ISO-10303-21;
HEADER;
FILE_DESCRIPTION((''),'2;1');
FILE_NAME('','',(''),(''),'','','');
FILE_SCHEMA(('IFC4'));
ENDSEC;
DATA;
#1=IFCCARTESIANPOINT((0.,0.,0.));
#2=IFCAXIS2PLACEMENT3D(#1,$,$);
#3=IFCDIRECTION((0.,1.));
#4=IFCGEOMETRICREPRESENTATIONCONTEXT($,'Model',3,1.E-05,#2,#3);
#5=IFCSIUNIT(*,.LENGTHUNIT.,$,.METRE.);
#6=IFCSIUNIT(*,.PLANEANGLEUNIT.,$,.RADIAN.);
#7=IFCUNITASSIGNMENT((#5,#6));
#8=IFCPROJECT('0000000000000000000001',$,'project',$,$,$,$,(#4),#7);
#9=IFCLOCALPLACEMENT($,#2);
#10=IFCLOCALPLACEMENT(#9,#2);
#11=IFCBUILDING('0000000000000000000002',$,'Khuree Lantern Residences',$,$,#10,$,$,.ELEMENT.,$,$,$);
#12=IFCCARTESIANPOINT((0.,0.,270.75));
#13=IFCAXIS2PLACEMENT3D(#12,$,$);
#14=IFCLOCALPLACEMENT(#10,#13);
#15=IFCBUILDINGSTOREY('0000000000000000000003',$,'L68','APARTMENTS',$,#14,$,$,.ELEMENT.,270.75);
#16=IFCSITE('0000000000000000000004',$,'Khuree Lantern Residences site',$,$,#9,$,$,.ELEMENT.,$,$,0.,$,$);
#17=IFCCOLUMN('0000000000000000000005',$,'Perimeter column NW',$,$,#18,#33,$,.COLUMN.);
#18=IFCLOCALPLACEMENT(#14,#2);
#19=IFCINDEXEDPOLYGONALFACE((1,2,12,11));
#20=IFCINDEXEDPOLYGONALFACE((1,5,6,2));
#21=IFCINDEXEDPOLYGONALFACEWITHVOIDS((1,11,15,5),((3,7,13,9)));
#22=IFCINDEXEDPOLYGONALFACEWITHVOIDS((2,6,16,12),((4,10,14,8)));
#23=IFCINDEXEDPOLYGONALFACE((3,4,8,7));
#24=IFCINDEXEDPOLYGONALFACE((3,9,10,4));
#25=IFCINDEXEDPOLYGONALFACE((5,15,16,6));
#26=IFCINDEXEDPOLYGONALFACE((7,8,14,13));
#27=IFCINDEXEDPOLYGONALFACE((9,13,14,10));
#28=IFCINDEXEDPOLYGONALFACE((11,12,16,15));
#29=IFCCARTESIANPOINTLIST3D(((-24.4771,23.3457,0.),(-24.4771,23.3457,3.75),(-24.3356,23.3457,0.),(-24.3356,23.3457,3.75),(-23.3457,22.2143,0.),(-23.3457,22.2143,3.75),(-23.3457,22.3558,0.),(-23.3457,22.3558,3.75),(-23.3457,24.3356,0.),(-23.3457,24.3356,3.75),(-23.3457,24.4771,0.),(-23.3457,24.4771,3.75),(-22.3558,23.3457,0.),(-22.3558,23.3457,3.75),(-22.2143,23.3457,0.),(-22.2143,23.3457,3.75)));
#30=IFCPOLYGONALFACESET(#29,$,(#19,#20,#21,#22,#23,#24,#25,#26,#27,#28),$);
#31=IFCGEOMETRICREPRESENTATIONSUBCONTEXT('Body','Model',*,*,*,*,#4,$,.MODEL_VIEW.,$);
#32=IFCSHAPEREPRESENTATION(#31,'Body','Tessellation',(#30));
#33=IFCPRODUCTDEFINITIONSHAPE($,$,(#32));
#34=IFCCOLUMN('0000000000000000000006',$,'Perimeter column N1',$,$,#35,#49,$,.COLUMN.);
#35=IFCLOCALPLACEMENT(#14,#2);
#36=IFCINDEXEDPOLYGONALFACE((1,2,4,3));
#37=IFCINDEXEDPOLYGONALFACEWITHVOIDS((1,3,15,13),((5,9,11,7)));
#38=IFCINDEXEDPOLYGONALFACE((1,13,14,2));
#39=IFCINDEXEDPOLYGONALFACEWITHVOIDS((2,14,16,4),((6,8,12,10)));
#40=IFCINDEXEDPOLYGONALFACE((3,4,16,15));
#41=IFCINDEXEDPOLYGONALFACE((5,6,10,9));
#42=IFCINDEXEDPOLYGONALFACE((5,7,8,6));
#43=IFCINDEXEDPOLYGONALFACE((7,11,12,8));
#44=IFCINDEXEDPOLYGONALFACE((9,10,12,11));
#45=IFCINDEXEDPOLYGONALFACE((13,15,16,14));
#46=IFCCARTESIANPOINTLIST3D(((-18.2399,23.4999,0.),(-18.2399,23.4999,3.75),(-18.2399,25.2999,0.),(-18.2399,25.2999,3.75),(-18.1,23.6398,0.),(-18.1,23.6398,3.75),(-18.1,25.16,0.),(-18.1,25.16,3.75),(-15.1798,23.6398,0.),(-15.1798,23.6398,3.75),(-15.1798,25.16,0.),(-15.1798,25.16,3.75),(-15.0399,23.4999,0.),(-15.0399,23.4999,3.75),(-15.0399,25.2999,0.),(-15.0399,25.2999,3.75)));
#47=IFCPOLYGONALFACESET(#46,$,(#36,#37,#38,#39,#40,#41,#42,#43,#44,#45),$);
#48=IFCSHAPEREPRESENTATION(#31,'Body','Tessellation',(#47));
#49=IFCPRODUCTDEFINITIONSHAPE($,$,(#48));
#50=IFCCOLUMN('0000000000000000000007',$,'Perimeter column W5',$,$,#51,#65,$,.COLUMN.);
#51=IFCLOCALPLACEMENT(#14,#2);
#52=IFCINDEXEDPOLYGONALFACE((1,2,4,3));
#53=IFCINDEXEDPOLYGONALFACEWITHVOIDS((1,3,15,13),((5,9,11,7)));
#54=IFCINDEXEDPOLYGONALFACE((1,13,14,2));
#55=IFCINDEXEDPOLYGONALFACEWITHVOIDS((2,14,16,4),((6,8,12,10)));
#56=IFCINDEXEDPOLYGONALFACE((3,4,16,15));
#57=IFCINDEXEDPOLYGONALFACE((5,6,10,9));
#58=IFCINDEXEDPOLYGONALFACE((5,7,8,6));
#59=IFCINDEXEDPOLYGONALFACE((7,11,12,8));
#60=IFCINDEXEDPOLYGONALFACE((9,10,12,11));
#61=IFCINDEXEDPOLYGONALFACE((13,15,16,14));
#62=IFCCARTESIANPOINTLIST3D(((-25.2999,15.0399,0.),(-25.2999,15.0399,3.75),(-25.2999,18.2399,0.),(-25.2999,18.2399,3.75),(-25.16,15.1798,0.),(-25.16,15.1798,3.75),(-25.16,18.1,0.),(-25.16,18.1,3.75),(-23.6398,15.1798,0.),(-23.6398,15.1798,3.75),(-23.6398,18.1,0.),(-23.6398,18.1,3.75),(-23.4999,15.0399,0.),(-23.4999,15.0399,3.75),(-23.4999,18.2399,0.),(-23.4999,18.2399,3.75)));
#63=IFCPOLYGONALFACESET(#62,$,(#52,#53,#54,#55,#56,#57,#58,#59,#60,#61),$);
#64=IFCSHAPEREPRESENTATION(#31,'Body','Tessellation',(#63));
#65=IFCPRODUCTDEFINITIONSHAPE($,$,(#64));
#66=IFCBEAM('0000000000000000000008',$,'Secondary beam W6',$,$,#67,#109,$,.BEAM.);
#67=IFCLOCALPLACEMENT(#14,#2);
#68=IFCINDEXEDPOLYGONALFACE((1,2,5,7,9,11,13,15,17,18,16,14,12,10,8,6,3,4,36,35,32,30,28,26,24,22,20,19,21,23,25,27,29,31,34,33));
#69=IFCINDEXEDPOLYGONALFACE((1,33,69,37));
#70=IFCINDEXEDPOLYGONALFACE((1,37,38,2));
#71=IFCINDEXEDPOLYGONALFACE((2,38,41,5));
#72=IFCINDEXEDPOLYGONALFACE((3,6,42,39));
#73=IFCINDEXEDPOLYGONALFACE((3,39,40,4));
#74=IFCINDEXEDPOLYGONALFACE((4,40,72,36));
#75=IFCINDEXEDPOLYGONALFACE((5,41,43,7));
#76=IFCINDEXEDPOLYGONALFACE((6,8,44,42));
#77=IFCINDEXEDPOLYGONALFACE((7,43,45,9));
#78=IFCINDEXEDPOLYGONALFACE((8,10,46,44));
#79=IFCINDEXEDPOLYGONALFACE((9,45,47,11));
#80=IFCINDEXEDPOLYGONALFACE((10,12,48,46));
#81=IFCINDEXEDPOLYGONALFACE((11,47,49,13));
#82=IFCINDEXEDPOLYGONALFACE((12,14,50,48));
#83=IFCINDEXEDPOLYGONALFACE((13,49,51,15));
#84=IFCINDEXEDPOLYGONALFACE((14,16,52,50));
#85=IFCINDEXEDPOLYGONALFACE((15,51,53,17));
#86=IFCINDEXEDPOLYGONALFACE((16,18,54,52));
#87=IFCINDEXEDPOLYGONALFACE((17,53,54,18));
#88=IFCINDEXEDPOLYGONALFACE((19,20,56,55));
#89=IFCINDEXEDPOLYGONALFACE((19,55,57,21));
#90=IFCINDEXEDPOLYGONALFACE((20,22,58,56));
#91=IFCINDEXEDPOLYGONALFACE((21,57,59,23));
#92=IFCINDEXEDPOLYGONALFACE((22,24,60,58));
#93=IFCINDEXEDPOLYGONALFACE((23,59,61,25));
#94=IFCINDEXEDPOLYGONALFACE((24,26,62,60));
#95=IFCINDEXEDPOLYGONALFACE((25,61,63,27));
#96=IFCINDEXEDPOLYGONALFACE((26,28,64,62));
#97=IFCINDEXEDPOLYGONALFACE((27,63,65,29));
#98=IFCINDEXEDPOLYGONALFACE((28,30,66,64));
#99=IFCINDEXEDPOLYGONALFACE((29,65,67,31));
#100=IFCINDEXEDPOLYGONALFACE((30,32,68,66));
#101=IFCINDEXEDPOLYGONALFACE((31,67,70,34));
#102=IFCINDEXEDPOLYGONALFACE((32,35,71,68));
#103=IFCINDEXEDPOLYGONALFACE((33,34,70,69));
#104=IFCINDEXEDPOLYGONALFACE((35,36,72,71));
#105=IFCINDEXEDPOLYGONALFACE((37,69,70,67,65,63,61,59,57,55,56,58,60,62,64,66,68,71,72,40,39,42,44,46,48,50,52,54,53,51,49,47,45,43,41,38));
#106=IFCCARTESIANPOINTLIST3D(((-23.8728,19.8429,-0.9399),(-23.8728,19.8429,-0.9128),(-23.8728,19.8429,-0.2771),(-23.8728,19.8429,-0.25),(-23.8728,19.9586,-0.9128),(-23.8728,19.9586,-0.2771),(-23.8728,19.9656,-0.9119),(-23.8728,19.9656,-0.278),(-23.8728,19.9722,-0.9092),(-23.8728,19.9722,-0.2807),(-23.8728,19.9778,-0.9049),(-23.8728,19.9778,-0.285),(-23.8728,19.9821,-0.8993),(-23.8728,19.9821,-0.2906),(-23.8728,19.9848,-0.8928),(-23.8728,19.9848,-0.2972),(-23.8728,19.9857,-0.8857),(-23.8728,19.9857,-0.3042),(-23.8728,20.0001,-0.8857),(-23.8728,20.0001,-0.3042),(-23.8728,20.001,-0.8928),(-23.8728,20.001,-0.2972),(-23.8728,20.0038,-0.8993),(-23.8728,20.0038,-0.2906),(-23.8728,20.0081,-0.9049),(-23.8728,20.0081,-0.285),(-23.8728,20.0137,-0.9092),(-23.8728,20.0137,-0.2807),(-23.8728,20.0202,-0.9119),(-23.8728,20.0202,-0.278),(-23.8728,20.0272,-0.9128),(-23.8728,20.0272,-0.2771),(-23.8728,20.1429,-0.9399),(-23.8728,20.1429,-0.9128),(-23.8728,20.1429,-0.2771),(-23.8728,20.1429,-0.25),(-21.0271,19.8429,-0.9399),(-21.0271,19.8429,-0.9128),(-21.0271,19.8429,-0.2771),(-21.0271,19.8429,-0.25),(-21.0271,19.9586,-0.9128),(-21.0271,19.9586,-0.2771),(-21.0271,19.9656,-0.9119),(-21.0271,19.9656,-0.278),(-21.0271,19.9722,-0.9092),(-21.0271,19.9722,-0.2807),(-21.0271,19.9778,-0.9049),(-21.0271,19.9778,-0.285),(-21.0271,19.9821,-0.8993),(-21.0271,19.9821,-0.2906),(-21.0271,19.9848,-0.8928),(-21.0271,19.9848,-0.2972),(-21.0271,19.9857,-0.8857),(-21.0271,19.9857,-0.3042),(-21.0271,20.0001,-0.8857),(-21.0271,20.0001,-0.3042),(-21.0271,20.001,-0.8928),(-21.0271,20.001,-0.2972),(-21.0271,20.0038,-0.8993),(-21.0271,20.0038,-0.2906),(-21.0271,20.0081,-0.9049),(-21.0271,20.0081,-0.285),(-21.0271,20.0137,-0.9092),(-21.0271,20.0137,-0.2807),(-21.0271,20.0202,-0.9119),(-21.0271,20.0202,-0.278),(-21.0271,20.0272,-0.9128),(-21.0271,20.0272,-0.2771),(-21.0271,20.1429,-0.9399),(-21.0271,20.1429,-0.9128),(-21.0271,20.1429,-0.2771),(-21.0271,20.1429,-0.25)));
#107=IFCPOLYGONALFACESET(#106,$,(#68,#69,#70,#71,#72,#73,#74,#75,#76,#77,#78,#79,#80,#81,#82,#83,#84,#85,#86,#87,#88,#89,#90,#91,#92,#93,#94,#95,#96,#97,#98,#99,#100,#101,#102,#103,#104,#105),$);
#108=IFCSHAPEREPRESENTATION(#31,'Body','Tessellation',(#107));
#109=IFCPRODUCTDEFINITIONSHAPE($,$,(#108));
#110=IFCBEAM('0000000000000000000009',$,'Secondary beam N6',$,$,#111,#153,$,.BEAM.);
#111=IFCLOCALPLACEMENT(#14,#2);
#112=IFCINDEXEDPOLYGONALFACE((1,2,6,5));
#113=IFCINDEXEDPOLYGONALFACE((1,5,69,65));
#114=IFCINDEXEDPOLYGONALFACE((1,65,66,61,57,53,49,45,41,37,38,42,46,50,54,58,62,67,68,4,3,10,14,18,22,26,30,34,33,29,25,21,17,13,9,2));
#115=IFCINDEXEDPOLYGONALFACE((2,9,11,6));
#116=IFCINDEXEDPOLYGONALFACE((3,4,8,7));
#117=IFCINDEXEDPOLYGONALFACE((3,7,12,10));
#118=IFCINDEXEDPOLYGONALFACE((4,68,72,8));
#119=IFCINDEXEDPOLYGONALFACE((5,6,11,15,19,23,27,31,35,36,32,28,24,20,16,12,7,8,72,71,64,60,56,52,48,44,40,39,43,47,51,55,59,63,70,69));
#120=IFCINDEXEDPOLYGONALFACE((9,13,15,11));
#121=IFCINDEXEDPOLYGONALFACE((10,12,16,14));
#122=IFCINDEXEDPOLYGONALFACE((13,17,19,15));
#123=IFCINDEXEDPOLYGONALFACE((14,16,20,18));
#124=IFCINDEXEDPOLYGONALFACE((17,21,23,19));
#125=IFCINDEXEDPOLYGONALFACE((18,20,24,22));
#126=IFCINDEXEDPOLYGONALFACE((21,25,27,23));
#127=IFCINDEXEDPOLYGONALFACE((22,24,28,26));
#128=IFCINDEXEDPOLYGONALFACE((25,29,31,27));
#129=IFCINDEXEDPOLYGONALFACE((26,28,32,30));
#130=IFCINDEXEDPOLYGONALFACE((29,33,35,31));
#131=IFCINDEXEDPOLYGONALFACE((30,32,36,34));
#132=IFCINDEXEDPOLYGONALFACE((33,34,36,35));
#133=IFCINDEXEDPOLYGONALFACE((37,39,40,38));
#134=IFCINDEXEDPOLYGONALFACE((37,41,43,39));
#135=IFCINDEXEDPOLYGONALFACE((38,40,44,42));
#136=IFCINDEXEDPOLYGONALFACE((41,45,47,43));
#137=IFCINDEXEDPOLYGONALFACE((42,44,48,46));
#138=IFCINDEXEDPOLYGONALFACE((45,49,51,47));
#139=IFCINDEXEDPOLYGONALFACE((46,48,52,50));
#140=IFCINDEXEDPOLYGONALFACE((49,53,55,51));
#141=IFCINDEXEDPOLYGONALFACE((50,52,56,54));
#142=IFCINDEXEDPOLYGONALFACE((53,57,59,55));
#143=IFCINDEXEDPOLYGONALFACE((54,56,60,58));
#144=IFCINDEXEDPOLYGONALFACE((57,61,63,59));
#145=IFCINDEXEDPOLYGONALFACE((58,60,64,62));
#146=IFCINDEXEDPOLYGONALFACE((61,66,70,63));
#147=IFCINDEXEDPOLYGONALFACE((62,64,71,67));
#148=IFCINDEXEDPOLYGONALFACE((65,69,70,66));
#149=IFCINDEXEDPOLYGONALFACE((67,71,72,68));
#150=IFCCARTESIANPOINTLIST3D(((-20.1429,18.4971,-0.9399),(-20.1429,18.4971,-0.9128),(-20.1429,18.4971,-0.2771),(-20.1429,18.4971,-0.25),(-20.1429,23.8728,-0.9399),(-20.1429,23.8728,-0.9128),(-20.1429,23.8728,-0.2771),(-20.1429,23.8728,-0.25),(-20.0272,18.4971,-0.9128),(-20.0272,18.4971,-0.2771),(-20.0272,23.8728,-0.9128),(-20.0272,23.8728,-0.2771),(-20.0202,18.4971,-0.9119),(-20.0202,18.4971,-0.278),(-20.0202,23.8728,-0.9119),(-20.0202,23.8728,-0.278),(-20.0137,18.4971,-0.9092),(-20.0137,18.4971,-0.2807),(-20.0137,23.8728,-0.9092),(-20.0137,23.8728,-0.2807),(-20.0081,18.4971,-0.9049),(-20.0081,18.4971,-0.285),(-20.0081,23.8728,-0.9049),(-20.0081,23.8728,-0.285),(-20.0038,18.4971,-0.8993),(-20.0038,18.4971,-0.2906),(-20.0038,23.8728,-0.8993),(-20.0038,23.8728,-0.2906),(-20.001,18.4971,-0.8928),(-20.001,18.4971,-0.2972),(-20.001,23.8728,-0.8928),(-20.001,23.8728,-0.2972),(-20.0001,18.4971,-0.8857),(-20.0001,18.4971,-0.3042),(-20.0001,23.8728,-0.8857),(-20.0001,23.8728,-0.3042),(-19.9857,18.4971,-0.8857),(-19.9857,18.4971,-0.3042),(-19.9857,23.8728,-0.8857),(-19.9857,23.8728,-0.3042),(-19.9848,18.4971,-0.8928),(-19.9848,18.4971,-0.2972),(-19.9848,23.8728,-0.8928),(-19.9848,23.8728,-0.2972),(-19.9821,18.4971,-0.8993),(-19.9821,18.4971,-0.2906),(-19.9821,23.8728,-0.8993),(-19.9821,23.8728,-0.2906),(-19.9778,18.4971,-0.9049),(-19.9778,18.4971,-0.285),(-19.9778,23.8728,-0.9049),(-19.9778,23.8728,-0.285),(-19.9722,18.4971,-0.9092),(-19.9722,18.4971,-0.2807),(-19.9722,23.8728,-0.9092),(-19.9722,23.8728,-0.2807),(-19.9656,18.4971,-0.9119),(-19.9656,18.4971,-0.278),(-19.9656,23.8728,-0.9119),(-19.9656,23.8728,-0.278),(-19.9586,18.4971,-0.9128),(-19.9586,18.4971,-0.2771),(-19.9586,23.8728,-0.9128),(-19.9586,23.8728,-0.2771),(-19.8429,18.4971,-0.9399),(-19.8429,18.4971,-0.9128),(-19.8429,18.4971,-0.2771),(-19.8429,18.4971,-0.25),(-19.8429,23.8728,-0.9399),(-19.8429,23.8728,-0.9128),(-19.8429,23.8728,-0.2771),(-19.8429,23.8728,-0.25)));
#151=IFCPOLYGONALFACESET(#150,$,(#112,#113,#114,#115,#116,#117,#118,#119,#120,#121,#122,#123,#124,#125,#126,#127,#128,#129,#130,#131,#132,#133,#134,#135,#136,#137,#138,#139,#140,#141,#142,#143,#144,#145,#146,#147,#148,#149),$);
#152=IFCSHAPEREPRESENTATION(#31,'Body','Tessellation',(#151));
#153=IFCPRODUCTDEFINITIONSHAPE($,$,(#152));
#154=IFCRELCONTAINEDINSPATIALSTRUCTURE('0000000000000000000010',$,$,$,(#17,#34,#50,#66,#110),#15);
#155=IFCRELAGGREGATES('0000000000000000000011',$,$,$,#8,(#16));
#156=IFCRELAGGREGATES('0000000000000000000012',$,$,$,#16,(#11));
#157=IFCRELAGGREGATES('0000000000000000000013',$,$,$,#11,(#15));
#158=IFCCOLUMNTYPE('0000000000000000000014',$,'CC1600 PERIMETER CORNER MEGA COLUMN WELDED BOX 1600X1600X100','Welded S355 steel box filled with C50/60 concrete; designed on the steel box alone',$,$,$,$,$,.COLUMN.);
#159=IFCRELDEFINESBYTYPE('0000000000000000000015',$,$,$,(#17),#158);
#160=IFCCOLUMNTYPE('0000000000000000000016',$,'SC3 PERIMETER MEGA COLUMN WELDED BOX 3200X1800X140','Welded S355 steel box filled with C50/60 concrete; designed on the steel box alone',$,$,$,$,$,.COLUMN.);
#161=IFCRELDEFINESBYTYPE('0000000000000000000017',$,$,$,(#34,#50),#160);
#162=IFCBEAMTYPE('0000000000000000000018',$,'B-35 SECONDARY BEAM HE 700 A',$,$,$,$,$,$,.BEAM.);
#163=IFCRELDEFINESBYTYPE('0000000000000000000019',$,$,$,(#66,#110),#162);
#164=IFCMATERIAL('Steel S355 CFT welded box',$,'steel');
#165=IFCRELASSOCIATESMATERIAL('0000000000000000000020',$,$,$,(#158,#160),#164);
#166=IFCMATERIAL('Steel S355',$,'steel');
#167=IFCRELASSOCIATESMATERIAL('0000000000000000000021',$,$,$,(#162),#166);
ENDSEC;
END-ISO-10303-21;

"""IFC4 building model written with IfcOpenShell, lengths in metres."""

from ifc_helpers import new_model, si_unit, direction, frame, origin, origin_2d, place, context, subcontext, project, spatial, hollow_rectangle, i_section, extrude, material, material_profile, profile_set, type_object, element, save


model = new_model("IFC4")

# Units and contexts
model_context = context("Model", 3, precision=1e-05, world=origin(), true_north=direction((0.0, 1.0)))
body_context = subcontext(model_context, "Body", "Model", "MODEL_VIEW")
ifc_project = project(units=[si_unit("LENGTHUNIT", "METRE"), si_unit("PLANEANGLEUNIT", "RADIAN")], contexts=[model_context])

# Site, building, storey
site_placement = place(None, origin())
site = spatial("IfcSite", under=ifc_project, at=site_placement, Name="Khuree Lantern Residences site", CompositionType="ELEMENT", RefElevation=0.0)
building_placement = place(site_placement, origin())
building = spatial("IfcBuilding", under=site, at=building_placement, Name="Khuree Lantern Residences", CompositionType="ELEMENT")
storey_placement = place(building_placement, frame((0.0, 0.0, 270.75)))
storey = spatial("IfcBuildingStorey", under=building, at=storey_placement, Name="L68", Description="APARTMENTS", CompositionType="ELEMENT", Elevation=270.75)

# Columns
ifc_material_1 = material(Name="Steel S355 CFT welded box", Category="steel")
ifc_material_profile_1 = material_profile(ifc_material_1, hollow_rectangle(XDim=1.6001, YDim=1.6001, WallThickness=0.1001, at=origin_2d()), Name="WELDED BOX 1600X1600X100")
ifc_profile_set_1 = profile_set([ifc_material_profile_1], Name="Steel S355 CFT welded box")
column_type_1 = type_object("IfcColumnType", Name="CC1600 PERIMETER CORNER MEGA COLUMN WELDED BOX 1600X1600X100", Description="Welded S355 steel box filled with C50/60 concrete; designed on the steel box alone", PredefinedType="COLUMN", material=ifc_profile_set_1)
column_placement = place(storey_placement, frame((-23.3457, 23.3457, 0.0), z_axis=(0.0, 0.0, 1.0), x_axis=(0.707107, 0.707107, 0.0)))
element("IfcColumn", 1, at=column_placement, inside=storey, type_object=column_type_1, Name="Perimeter column NW", PredefinedType="COLUMN", context=body_context, shape_type="SweptSolid", body=[
    extrude(hollow_rectangle(XDim=1.6001, YDim=1.6001, WallThickness=0.1001, at=origin_2d()), origin(), (0.0, 0.0, 1.0), 3.75),
])
ifc_material_profile_2 = material_profile(ifc_material_1, hollow_rectangle(XDim=3.2, YDim=1.8, WallThickness=0.1399, at=origin_2d()), Name="WELDED BOX 3200X1800X140")
ifc_profile_set_2 = profile_set([ifc_material_profile_2], Name="Steel S355 CFT welded box")
column_type_2 = type_object("IfcColumnType", Name="SC3 PERIMETER MEGA COLUMN WELDED BOX 3200X1800X140", Description="Welded S355 steel box filled with C50/60 concrete; designed on the steel box alone", PredefinedType="COLUMN", material=ifc_profile_set_2)
for number, where, z_axis, x_axis, name in (
    (2, (-16.6399, 24.3999, 0.0), (0.0, 0.0, 1.0), (1.0, 0.0, 0.0), "Perimeter column N1"),
    (3, (-24.3999, 16.6399, 0.0), (0.0, 0.0, 1.0), (0.0, 1.0, 0.0), "Perimeter column W5"),
):
    element("IfcColumn", number, at=place(storey_placement, frame(where, z_axis=z_axis, x_axis=x_axis)), inside=storey, type_object=column_type_2, Name=name, PredefinedType="COLUMN", context=body_context, shape_type="SweptSolid", body=[
        extrude(hollow_rectangle(XDim=3.2, YDim=1.8, WallThickness=0.1399, at=origin_2d()), origin(), (0.0, 0.0, 1.0), 3.75),
    ])

# Beams
ifc_material_2 = material(Name="Steel S355", Category="steel")
ifc_material_profile_3 = material_profile(ifc_material_2, i_section(OverallWidth=0.3, OverallDepth=0.6899, WebThickness=0.0144, FlangeThickness=0.0271, FilletRadius=0.0271, at=origin_2d()), Name="HE 700 A")
ifc_profile_set_3 = profile_set([ifc_material_profile_3], Name="Steel S355")
beam_type_1 = type_object("IfcBeamType", Name="B-35 SECONDARY BEAM HE 700 A", PredefinedType="BEAM", material=ifc_profile_set_3)
beam_1_placement = place(storey_placement, frame((-23.8728, 19.9929, -0.595), z_axis=(1.0, 0.0, 0.0), x_axis=(0.0, 1.0, 0.0)))
element("IfcBeam", 4, at=beam_1_placement, inside=storey, type_object=beam_type_1, Name="Secondary beam W6", PredefinedType="BEAM", context=body_context, shape_type="SweptSolid", body=[
    extrude(i_section(OverallWidth=0.3, OverallDepth=0.6899, WebThickness=0.0144, FlangeThickness=0.0271, FilletRadius=0.0271, at=origin_2d()), origin(), (0.0, 0.0, 1.0), 2.8457),
])
beam_2_placement = place(storey_placement, frame((-19.9929, 23.8728, -0.595), z_axis=(0.0, -1.0, 0.0), x_axis=(1.0, 0.0, 0.0)))
element("IfcBeam", 5, at=beam_2_placement, inside=storey, type_object=beam_type_1, Name="Secondary beam N6", PredefinedType="BEAM", context=body_context, shape_type="SweptSolid", body=[
    extrude(i_section(OverallWidth=0.3, OverallDepth=0.6899, WebThickness=0.0144, FlangeThickness=0.0271, FilletRadius=0.0271, at=origin_2d()), origin(), (0.0, 0.0, 1.0), 5.3757),
])

save(model, "model.ifc")
